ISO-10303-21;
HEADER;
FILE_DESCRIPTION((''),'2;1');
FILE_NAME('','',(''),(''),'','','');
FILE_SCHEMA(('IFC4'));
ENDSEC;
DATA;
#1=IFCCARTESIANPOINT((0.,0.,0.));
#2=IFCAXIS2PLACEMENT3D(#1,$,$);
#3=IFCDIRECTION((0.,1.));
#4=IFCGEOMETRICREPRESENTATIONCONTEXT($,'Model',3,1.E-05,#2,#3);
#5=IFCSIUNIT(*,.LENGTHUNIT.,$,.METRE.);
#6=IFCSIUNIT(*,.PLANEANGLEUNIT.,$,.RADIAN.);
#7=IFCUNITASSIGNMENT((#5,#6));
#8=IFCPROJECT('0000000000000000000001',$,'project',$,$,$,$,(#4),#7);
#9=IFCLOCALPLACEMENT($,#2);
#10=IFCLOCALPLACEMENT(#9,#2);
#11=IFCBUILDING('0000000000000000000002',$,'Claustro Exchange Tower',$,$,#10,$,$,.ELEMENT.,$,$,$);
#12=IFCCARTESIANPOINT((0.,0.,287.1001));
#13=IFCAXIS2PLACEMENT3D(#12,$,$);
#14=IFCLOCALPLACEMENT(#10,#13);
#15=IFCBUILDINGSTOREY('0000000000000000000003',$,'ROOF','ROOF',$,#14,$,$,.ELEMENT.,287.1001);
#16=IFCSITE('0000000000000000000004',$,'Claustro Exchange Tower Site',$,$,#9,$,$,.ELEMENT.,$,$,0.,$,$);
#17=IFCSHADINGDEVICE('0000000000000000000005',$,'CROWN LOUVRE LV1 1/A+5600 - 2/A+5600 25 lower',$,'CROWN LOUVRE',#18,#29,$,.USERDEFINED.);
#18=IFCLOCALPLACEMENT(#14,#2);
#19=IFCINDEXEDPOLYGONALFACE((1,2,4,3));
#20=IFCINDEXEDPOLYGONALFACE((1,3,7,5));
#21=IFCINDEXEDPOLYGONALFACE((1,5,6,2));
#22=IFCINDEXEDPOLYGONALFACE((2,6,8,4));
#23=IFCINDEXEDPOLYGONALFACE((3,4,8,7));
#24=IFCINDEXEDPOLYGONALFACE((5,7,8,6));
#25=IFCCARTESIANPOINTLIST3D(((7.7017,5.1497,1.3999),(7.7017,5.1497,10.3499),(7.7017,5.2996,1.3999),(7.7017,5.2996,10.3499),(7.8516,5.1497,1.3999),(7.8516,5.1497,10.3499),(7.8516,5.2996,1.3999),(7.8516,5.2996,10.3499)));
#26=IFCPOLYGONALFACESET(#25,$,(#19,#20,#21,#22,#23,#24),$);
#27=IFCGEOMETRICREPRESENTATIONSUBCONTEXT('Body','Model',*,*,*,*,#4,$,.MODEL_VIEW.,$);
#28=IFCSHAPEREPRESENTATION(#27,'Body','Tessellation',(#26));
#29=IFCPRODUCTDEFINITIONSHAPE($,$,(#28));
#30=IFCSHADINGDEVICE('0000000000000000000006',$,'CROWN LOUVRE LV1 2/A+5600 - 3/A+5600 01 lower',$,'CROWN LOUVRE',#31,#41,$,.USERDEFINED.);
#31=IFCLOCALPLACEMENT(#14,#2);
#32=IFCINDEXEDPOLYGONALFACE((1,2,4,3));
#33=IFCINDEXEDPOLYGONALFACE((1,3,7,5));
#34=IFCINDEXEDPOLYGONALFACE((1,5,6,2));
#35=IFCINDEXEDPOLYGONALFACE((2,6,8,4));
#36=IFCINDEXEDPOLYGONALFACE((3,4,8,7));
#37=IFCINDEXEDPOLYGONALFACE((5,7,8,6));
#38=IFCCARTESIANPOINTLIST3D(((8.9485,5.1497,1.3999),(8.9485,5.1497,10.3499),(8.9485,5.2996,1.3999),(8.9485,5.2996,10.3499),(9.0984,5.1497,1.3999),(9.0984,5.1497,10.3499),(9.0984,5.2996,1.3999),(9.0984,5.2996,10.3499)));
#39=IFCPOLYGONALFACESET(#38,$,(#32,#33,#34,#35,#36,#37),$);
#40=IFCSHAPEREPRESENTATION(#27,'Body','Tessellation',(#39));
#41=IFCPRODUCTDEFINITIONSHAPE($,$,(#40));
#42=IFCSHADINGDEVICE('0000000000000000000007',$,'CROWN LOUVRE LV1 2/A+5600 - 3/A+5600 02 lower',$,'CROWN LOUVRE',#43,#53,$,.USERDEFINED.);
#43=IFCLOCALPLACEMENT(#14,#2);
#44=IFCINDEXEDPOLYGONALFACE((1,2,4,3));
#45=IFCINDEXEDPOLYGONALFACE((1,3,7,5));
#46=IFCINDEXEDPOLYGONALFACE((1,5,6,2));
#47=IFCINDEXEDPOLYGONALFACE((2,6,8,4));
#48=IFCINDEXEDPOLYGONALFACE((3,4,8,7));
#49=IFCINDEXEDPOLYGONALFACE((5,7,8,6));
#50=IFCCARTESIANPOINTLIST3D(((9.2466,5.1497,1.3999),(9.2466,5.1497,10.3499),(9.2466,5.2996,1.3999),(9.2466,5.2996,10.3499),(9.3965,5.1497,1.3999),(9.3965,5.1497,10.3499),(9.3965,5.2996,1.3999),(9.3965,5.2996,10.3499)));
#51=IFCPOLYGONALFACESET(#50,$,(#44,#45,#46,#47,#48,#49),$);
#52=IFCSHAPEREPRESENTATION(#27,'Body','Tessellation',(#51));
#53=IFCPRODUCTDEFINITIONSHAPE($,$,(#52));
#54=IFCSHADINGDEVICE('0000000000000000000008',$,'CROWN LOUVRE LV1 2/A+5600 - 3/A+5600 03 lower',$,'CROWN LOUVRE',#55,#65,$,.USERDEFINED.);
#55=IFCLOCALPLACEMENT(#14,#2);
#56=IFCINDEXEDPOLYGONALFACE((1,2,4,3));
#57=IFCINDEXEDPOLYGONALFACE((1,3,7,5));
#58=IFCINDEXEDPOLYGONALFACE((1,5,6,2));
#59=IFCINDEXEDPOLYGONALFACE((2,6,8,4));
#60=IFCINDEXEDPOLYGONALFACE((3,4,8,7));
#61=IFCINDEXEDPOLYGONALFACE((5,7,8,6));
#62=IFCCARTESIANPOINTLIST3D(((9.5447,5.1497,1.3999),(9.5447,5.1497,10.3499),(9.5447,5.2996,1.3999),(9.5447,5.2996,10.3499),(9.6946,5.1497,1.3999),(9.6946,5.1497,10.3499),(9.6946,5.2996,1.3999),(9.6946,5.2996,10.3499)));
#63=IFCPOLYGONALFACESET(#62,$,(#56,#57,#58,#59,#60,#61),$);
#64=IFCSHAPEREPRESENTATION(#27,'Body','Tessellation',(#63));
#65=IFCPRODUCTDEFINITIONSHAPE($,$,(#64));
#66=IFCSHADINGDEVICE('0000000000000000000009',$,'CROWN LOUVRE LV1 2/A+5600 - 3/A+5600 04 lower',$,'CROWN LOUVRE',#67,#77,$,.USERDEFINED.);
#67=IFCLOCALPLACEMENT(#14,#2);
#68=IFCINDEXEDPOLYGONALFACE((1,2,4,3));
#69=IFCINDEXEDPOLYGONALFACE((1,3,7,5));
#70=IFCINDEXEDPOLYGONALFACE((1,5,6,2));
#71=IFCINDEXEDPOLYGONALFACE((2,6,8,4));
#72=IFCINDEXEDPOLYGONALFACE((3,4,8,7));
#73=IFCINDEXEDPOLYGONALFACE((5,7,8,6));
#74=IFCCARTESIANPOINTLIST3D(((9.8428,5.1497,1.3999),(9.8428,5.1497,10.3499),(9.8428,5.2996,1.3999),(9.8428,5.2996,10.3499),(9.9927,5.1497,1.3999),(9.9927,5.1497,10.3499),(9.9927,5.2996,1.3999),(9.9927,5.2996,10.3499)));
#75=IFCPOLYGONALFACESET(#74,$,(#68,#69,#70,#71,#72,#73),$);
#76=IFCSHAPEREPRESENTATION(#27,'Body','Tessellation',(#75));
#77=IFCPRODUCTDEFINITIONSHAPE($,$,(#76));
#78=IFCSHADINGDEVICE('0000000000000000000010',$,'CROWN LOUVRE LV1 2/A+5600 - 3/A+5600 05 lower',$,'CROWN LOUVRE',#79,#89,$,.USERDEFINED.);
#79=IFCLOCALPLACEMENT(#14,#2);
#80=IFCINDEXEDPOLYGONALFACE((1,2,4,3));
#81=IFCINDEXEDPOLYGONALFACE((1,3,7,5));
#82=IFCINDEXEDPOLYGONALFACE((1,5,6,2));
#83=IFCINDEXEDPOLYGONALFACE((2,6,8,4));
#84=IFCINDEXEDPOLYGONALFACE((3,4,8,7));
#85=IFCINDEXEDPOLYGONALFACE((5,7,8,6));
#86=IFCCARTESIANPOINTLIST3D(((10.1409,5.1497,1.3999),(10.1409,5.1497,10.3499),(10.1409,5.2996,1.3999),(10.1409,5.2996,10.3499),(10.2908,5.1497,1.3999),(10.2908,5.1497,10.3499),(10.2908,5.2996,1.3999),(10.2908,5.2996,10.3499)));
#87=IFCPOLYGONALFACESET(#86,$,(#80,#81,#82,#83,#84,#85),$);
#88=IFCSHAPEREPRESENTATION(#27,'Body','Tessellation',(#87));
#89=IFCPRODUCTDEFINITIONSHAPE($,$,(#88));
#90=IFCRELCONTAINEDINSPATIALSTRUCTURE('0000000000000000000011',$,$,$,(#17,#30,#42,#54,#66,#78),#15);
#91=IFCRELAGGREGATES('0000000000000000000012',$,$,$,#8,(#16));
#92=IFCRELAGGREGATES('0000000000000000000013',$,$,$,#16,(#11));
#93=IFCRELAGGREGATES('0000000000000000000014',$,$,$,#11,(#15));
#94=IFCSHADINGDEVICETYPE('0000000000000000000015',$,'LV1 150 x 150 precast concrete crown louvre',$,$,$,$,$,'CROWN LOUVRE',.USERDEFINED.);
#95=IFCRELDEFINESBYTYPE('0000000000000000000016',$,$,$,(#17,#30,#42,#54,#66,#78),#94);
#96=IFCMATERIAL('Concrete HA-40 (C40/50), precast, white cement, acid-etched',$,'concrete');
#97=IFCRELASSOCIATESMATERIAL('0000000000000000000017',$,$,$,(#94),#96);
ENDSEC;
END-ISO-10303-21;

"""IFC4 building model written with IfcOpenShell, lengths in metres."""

from ifc_helpers import new_model, si_unit, direction, frame, origin, origin_2d, place, context, subcontext, project, spatial, rectangle, extrude, material, type_object, element, save


model = new_model("IFC4")

# Units and contexts
model_context = context("Model", 3, precision=1e-05, world=origin(), true_north=direction((0.0, 1.0)))
body_context = subcontext(model_context, "Body", "Model", "MODEL_VIEW")
ifc_project = project(units=[si_unit("LENGTHUNIT", "METRE"), si_unit("PLANEANGLEUNIT", "RADIAN")], contexts=[model_context])

# Site, building, storey
site_placement = place(None, origin())
site = spatial("IfcSite", under=ifc_project, at=site_placement, Name="Claustro Exchange Tower Site", CompositionType="ELEMENT", RefElevation=0.0)
building_placement = place(site_placement, origin())
building = spatial("IfcBuilding", under=site, at=building_placement, Name="Claustro Exchange Tower", CompositionType="ELEMENT")
storey_placement = place(building_placement, frame((0.0, 0.0, 287.1001)))
storey = spatial("IfcBuildingStorey", under=building, at=storey_placement, Name="ROOF", Description="ROOF", CompositionType="ELEMENT", Elevation=287.1001)

# Shading devices
ifc_material_1 = material(Name="Concrete HA-40 (C40/50), precast, white cement, acid-etched", Category="concrete")
shading_device_type = type_object("IfcShadingDeviceType", Name="LV1 150 x 150 precast concrete crown louvre", ElementType="CROWN LOUVRE", PredefinedType="USERDEFINED", material=ifc_material_1)
for number, where, z_axis, x_axis, name in (
    (1, (7.7766, 5.2246, 1.3999), (0.0, 0.0, 1.0), (1.0, 0.0, 0.0), "CROWN LOUVRE LV1 1/A+5600 - 2/A+5600 25 lower"),
    (2, (9.0234, 5.2246, 1.3999), (0.0, 0.0, 1.0), (1.0, 0.0, 0.0), "CROWN LOUVRE LV1 2/A+5600 - 3/A+5600 01 lower"),
    (3, (9.3215, 5.2246, 1.3999), (0.0, 0.0, 1.0), (1.0, 0.0, 0.0), "CROWN LOUVRE LV1 2/A+5600 - 3/A+5600 02 lower"),
    (4, (9.6196, 5.2246, 1.3999), (0.0, 0.0, 1.0), (1.0, 0.0, 0.0), "CROWN LOUVRE LV1 2/A+5600 - 3/A+5600 03 lower"),
    (5, (9.9177, 5.2246, 1.3999), (0.0, 0.0, 1.0), (1.0, 0.0, 0.0), "CROWN LOUVRE LV1 2/A+5600 - 3/A+5600 04 lower"),
    (6, (10.2158, 5.2246, 1.3999), (0.0, 0.0, 1.0), (1.0, 0.0, 0.0), "CROWN LOUVRE LV1 2/A+5600 - 3/A+5600 05 lower"),
):
    element("IfcShadingDevice", number, at=place(storey_placement, frame(where, z_axis=z_axis, x_axis=x_axis)), inside=storey, type_object=shading_device_type, Name=name, ObjectType="CROWN LOUVRE", PredefinedType="USERDEFINED", context=body_context, shape_type="SweptSolid", body=[
        extrude(rectangle(XDim=0.1499, YDim=0.1499, at=origin_2d()), origin(), (0.0, 0.0, 1.0), 8.95),
    ])

save(model, "model.ifc")
